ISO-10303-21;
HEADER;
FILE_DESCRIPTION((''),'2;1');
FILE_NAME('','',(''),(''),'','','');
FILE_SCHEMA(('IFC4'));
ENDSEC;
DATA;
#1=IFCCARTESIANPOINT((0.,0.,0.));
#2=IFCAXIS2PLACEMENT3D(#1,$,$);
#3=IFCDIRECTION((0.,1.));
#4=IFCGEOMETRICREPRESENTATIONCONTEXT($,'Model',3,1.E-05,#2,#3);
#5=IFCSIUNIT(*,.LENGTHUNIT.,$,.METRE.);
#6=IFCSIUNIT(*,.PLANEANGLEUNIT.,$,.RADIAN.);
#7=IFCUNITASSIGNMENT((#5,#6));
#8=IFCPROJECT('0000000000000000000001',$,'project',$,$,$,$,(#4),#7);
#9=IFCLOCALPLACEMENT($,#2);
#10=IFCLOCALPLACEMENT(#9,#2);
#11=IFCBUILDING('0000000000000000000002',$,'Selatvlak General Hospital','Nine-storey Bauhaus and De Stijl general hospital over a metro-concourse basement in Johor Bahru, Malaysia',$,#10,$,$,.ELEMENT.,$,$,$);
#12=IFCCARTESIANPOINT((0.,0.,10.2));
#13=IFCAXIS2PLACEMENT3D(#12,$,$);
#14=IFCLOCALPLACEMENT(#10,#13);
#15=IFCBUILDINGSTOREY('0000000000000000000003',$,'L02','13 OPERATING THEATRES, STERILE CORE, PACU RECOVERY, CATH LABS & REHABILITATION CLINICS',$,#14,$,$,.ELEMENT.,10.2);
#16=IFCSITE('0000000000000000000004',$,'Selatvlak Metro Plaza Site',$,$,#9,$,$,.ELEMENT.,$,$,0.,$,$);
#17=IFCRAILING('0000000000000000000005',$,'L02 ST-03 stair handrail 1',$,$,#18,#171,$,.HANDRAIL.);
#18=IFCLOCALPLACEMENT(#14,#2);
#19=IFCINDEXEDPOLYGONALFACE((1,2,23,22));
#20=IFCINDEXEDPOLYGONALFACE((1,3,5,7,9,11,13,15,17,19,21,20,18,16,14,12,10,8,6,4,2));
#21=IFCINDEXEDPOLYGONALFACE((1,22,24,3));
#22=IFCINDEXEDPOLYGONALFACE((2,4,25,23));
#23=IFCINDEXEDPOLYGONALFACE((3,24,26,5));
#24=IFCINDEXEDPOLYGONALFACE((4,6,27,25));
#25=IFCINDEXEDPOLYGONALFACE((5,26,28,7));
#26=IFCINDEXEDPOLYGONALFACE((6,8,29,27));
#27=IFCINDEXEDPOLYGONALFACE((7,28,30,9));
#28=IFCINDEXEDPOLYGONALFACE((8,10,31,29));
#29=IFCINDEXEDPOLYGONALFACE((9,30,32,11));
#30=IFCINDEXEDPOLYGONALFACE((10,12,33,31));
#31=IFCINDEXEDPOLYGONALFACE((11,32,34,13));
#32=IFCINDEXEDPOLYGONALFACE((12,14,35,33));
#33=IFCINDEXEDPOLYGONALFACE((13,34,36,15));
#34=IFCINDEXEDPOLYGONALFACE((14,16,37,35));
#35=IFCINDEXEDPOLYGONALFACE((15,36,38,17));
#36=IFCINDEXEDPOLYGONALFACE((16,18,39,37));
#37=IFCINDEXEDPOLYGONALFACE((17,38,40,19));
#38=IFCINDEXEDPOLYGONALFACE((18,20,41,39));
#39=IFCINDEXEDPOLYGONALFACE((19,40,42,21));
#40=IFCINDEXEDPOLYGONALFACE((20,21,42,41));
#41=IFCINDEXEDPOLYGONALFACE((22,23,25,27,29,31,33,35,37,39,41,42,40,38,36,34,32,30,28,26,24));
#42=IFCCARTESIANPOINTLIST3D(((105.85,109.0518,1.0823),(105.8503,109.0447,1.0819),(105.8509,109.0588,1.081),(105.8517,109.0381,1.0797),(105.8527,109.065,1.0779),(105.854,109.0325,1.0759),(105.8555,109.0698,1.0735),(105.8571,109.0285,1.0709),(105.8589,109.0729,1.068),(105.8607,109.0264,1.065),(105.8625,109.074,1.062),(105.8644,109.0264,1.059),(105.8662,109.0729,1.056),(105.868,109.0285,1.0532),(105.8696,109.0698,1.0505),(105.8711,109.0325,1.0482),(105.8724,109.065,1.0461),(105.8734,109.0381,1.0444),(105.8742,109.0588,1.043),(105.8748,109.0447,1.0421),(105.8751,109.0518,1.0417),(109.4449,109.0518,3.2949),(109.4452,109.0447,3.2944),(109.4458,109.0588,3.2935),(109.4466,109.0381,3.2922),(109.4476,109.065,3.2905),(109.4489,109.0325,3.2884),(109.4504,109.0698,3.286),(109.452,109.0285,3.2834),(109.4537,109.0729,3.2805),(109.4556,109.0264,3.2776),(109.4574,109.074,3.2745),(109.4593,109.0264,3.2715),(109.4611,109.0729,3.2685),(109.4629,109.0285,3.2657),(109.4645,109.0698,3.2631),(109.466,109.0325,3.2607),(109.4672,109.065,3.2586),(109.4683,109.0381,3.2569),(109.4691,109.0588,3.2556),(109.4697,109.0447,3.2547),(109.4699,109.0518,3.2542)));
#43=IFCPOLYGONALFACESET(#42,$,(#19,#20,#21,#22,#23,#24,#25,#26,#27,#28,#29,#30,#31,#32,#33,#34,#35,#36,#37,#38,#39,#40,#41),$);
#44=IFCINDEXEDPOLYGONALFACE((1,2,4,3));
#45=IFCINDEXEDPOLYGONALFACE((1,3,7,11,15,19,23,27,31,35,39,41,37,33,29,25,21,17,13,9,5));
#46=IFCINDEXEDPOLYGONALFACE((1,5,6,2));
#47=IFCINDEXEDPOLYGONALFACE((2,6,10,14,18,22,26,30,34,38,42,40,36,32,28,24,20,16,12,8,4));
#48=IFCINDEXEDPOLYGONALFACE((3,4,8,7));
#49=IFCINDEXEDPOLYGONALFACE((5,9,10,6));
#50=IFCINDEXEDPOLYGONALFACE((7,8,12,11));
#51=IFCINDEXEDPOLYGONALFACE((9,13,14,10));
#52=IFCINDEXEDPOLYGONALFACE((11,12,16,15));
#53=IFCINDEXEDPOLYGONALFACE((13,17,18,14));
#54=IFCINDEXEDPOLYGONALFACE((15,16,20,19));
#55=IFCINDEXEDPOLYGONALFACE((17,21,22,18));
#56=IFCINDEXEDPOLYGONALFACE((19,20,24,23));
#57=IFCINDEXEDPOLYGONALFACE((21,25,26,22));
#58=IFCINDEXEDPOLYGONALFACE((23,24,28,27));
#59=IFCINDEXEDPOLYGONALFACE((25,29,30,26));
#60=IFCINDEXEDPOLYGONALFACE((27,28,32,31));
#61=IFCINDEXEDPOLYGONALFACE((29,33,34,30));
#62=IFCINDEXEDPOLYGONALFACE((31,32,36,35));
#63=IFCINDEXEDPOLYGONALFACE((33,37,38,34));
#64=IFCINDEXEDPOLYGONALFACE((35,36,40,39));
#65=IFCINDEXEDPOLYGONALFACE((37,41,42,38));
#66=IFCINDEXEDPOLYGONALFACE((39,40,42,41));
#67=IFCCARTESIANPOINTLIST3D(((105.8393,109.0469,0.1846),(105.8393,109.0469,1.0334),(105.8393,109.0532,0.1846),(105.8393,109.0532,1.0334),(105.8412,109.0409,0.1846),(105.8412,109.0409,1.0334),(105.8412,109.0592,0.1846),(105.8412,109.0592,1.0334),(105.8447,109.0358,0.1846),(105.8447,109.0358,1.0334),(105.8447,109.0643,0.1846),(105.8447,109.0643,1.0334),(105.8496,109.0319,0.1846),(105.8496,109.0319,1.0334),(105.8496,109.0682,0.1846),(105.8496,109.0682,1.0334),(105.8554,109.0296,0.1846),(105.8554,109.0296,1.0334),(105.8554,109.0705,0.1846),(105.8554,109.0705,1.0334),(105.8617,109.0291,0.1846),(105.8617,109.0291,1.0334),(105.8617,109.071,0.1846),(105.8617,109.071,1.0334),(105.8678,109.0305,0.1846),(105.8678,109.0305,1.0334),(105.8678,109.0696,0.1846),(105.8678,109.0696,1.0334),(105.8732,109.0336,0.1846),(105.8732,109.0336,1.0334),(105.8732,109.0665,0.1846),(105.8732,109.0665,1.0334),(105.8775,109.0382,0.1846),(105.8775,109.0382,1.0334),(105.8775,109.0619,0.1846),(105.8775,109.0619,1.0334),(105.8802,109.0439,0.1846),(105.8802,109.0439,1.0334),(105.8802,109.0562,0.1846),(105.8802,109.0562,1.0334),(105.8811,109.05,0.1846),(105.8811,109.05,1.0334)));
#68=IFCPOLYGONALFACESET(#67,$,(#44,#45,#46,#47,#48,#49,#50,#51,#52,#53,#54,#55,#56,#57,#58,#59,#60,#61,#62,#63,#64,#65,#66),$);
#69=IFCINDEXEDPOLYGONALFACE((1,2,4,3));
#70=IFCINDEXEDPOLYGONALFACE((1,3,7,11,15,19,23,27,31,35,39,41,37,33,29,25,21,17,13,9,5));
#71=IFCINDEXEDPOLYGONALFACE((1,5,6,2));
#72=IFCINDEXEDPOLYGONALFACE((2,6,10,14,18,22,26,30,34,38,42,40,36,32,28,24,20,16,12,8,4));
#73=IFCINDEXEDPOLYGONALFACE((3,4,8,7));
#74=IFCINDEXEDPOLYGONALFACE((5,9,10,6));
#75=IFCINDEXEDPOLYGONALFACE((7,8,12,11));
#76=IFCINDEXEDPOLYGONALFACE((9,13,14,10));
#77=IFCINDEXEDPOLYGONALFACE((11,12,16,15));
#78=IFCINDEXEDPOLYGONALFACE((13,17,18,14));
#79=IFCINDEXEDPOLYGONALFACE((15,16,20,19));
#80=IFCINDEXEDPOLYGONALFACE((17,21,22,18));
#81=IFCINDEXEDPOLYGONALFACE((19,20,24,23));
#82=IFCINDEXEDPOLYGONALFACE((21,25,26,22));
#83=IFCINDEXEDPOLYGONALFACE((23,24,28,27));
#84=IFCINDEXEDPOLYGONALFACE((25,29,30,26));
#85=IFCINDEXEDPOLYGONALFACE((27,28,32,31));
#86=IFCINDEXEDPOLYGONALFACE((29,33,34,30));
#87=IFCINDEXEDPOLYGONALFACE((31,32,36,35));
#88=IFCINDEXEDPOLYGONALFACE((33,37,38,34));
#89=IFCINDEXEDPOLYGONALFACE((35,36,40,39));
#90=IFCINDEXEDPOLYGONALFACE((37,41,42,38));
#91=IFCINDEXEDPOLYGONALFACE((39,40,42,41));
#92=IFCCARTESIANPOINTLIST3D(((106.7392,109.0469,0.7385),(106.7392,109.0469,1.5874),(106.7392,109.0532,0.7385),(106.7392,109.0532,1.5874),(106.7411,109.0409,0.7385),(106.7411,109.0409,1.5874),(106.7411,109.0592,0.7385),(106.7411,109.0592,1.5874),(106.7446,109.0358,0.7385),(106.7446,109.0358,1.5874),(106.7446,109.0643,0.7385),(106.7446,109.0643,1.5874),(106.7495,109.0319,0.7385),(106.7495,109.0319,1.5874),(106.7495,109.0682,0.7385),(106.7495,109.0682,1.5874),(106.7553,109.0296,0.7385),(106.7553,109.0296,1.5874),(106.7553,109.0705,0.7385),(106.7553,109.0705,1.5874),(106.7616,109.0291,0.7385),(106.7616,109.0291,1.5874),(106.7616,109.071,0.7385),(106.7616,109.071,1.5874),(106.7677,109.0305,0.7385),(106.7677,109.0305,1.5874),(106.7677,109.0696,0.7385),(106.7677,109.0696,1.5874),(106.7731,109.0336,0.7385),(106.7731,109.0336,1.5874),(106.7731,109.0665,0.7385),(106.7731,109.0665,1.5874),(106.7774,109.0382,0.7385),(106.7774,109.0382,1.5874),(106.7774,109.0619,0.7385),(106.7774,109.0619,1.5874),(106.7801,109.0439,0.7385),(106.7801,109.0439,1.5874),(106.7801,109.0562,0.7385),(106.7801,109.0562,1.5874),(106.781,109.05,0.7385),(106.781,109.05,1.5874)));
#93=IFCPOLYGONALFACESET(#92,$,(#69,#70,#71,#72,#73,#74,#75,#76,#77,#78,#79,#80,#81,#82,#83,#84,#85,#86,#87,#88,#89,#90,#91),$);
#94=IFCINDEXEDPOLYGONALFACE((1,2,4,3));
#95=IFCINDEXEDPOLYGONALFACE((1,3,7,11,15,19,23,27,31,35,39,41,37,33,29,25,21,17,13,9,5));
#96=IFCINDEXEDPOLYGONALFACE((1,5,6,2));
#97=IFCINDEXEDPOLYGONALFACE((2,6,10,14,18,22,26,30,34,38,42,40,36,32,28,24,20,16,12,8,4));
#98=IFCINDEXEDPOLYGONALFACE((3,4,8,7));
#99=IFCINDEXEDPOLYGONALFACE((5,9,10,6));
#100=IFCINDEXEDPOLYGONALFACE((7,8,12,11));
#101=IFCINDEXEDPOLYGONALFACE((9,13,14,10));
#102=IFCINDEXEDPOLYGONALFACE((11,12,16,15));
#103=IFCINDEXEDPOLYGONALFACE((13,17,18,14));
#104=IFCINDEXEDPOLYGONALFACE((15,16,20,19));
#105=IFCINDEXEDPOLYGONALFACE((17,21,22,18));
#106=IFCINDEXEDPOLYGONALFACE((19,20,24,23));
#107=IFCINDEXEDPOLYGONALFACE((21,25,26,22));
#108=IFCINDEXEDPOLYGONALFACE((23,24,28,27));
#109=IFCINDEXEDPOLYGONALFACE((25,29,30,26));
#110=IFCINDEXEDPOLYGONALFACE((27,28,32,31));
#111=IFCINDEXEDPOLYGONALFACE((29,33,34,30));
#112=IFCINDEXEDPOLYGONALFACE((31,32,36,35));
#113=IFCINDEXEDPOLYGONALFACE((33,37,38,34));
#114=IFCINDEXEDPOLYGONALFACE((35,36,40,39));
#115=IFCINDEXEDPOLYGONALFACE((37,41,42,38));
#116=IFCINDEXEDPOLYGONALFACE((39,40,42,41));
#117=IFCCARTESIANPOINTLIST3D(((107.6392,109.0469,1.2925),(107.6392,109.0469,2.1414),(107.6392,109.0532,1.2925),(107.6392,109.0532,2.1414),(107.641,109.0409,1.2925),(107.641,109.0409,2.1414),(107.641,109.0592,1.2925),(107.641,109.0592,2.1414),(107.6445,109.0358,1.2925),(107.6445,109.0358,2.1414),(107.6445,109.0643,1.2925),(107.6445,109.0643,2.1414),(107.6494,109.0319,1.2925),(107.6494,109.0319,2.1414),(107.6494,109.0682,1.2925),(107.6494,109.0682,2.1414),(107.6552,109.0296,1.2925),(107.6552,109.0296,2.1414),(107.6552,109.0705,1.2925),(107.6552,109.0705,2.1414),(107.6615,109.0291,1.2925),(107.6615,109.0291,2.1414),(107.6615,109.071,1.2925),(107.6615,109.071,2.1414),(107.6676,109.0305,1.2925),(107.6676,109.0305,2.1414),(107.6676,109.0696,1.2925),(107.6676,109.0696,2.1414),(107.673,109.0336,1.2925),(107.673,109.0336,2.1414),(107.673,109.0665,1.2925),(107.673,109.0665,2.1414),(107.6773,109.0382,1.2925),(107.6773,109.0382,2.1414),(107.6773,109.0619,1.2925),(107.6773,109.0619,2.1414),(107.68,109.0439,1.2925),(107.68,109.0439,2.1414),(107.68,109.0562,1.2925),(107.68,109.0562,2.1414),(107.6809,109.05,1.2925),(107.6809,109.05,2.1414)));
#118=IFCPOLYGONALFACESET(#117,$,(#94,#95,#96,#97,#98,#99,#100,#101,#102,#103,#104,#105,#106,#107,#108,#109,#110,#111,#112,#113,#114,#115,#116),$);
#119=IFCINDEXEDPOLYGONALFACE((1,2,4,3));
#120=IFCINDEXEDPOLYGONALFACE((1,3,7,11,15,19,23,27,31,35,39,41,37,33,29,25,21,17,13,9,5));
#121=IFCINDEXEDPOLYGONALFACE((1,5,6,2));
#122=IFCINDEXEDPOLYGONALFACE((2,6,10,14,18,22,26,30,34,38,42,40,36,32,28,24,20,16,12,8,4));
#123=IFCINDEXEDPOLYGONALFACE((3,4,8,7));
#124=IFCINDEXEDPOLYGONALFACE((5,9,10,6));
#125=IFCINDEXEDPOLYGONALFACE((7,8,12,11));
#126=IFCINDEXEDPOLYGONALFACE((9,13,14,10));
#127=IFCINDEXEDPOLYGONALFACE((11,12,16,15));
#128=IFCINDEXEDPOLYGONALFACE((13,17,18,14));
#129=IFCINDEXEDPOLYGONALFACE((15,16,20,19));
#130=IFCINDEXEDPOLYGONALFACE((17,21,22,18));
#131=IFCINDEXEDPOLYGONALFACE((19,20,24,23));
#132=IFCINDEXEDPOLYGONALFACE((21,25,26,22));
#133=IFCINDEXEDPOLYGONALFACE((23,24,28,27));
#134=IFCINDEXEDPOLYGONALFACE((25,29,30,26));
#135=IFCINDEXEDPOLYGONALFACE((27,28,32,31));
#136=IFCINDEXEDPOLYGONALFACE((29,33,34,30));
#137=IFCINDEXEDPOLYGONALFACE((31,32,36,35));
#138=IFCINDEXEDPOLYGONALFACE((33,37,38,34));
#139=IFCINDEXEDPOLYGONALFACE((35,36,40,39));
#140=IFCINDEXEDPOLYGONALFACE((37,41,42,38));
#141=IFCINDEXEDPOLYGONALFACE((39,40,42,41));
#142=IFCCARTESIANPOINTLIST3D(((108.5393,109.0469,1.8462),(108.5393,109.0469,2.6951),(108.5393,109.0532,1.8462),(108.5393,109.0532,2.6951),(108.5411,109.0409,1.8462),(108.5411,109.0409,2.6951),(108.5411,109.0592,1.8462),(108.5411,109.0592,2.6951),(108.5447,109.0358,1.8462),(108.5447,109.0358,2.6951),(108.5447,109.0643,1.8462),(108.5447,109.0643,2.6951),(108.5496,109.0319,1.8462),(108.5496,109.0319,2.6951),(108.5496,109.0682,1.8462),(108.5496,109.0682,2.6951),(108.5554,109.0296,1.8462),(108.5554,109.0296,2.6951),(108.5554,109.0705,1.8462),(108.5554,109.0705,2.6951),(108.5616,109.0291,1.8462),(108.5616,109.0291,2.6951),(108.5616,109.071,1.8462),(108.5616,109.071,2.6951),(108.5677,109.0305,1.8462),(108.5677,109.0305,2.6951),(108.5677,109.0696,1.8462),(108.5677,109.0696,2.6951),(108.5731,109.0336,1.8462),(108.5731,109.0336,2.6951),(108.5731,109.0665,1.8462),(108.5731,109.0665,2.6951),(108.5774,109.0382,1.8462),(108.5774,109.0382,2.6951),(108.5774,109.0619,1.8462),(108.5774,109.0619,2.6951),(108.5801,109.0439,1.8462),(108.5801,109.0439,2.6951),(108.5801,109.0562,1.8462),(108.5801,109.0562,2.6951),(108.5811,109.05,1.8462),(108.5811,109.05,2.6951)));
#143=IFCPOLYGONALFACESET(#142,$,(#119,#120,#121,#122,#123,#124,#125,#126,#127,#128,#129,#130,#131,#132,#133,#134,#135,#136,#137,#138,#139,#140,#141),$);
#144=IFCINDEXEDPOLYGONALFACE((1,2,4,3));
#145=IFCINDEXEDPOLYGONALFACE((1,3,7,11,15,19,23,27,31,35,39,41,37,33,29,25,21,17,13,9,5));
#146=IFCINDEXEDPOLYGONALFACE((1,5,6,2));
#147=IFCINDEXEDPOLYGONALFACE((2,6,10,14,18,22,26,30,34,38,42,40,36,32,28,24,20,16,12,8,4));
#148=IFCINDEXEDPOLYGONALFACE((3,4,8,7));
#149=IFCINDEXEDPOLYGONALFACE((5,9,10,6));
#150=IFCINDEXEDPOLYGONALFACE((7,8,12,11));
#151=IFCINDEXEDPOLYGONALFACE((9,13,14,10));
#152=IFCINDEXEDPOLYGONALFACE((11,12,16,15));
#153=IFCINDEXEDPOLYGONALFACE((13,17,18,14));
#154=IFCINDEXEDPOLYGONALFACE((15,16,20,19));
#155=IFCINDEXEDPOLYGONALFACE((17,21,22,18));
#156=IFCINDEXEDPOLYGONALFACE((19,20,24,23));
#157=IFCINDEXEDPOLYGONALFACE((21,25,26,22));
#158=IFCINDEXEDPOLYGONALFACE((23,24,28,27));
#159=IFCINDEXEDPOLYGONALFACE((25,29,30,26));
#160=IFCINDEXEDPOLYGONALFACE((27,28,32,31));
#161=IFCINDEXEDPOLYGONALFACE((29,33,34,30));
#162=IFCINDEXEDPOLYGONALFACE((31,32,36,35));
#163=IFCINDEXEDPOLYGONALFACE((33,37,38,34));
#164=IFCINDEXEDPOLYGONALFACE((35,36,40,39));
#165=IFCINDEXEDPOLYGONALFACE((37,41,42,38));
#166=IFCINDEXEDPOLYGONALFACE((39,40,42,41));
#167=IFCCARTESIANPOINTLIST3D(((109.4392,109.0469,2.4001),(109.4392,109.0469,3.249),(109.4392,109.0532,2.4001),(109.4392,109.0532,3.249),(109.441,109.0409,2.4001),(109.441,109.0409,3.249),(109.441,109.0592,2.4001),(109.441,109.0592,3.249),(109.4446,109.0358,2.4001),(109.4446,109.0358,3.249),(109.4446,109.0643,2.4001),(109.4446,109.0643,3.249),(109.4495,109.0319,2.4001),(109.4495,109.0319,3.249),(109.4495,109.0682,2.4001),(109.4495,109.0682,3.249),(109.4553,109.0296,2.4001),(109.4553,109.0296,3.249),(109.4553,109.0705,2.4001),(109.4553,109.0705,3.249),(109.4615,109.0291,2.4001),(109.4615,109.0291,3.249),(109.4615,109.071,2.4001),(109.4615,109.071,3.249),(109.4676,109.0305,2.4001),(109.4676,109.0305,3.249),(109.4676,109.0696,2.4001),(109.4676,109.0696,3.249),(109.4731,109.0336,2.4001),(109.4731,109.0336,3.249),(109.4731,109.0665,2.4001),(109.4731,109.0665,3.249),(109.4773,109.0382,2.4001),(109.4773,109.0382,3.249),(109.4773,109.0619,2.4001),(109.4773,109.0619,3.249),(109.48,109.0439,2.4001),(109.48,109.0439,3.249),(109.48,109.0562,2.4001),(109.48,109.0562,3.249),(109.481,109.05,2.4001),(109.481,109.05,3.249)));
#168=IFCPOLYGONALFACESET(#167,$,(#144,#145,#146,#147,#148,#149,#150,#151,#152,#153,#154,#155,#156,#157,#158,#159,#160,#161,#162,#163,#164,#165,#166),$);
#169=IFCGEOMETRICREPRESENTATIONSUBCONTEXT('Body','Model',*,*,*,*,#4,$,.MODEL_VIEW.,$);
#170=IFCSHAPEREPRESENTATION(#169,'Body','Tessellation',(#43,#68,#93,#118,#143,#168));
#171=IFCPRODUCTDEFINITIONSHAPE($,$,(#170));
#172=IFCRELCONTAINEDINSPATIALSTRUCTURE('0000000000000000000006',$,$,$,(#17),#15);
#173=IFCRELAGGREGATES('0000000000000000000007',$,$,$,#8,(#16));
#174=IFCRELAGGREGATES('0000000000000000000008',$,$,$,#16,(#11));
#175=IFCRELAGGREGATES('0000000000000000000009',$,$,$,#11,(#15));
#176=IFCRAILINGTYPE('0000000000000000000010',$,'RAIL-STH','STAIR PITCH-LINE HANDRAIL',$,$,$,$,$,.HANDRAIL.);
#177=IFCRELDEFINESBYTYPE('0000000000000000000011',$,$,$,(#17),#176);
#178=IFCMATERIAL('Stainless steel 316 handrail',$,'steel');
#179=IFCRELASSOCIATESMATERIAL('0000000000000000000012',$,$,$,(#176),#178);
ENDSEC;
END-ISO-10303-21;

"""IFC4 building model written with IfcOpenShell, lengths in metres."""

from ifc_helpers import new_model, si_unit, direction, frame, origin, origin_2d, place, context, subcontext, project, spatial, circle, extrude, material, type_object, element, save


model = new_model("IFC4")

# Units and contexts
model_context = context("Model", 3, precision=1e-05, world=origin(), true_north=direction((0.0, 1.0)))
body_context = subcontext(model_context, "Body", "Model", "MODEL_VIEW")
ifc_project = project(units=[si_unit("LENGTHUNIT", "METRE"), si_unit("PLANEANGLEUNIT", "RADIAN")], contexts=[model_context])

# Site, building, storey
site_placement = place(None, origin())
site = spatial("IfcSite", under=ifc_project, at=site_placement, Name="Selatvlak Metro Plaza Site", CompositionType="ELEMENT", RefElevation=0.0)
building_placement = place(site_placement, origin())
building = spatial("IfcBuilding", under=site, at=building_placement, Name="Selatvlak General Hospital", Description="Nine-storey Bauhaus and De Stijl general hospital over a metro-concourse basement in Johor Bahru, Malaysia", CompositionType="ELEMENT")
storey_placement = place(building_placement, frame((0.0, 0.0, 10.2)))
storey = spatial("IfcBuildingStorey", under=building, at=storey_placement, Name="L02", Description="13 OPERATING THEATRES, STERILE CORE, PACU RECOVERY, CATH LABS & REHABILITATION CLINICS", CompositionType="ELEMENT", Elevation=10.2)

# Railing
ifc_material_1 = material(Name="Stainless steel 316 handrail", Category="steel")
railing_type_1 = type_object("IfcRailingType", Name="RAIL-STH", Description="STAIR PITCH-LINE HANDRAIL", PredefinedType="HANDRAIL", material=ifc_material_1)
railing_1_placement = place(storey_placement, frame((105.8601, 109.05, 0.1846)))
element("IfcRailing", 1, at=railing_1_placement, inside=storey, type_object=railing_type_1, Name="L02 ST-03 stair handrail 1", PredefinedType="HANDRAIL", context=body_context, shape_type="SweptSolid", body=[
    extrude(circle(Radius=0.0239, at=origin_2d()), frame((0.0024, 0.0, 0.8774), z_axis=(0.851629, 0.0, 0.524146), x_axis=(0.0, 1.0, 0.0)), (0.0, 0.0, 1.0), 4.2212),
    extrude(circle(Radius=0.021, at=origin_2d()), origin(), (0.0, 0.0, 1.0), 0.8489),
    extrude(circle(Radius=0.021, at=origin_2d()), frame((0.8999, 0.0, 0.554)), (0.0, 0.0, 1.0), 0.8489),
    extrude(circle(Radius=0.021, at=origin_2d()), frame((1.7998, 0.0, 1.1079)), (0.0, 0.0, 1.0), 0.8489),
    extrude(circle(Radius=0.021, at=origin_2d()), frame((2.7, 0.0, 1.6616)), (0.0, 0.0, 1.0), 0.8489),
    extrude(circle(Radius=0.021, at=origin_2d()), frame((3.5999, 0.0, 2.2156)), (0.0, 0.0, 1.0), 0.8489),
])

save(model, "model.ifc")
